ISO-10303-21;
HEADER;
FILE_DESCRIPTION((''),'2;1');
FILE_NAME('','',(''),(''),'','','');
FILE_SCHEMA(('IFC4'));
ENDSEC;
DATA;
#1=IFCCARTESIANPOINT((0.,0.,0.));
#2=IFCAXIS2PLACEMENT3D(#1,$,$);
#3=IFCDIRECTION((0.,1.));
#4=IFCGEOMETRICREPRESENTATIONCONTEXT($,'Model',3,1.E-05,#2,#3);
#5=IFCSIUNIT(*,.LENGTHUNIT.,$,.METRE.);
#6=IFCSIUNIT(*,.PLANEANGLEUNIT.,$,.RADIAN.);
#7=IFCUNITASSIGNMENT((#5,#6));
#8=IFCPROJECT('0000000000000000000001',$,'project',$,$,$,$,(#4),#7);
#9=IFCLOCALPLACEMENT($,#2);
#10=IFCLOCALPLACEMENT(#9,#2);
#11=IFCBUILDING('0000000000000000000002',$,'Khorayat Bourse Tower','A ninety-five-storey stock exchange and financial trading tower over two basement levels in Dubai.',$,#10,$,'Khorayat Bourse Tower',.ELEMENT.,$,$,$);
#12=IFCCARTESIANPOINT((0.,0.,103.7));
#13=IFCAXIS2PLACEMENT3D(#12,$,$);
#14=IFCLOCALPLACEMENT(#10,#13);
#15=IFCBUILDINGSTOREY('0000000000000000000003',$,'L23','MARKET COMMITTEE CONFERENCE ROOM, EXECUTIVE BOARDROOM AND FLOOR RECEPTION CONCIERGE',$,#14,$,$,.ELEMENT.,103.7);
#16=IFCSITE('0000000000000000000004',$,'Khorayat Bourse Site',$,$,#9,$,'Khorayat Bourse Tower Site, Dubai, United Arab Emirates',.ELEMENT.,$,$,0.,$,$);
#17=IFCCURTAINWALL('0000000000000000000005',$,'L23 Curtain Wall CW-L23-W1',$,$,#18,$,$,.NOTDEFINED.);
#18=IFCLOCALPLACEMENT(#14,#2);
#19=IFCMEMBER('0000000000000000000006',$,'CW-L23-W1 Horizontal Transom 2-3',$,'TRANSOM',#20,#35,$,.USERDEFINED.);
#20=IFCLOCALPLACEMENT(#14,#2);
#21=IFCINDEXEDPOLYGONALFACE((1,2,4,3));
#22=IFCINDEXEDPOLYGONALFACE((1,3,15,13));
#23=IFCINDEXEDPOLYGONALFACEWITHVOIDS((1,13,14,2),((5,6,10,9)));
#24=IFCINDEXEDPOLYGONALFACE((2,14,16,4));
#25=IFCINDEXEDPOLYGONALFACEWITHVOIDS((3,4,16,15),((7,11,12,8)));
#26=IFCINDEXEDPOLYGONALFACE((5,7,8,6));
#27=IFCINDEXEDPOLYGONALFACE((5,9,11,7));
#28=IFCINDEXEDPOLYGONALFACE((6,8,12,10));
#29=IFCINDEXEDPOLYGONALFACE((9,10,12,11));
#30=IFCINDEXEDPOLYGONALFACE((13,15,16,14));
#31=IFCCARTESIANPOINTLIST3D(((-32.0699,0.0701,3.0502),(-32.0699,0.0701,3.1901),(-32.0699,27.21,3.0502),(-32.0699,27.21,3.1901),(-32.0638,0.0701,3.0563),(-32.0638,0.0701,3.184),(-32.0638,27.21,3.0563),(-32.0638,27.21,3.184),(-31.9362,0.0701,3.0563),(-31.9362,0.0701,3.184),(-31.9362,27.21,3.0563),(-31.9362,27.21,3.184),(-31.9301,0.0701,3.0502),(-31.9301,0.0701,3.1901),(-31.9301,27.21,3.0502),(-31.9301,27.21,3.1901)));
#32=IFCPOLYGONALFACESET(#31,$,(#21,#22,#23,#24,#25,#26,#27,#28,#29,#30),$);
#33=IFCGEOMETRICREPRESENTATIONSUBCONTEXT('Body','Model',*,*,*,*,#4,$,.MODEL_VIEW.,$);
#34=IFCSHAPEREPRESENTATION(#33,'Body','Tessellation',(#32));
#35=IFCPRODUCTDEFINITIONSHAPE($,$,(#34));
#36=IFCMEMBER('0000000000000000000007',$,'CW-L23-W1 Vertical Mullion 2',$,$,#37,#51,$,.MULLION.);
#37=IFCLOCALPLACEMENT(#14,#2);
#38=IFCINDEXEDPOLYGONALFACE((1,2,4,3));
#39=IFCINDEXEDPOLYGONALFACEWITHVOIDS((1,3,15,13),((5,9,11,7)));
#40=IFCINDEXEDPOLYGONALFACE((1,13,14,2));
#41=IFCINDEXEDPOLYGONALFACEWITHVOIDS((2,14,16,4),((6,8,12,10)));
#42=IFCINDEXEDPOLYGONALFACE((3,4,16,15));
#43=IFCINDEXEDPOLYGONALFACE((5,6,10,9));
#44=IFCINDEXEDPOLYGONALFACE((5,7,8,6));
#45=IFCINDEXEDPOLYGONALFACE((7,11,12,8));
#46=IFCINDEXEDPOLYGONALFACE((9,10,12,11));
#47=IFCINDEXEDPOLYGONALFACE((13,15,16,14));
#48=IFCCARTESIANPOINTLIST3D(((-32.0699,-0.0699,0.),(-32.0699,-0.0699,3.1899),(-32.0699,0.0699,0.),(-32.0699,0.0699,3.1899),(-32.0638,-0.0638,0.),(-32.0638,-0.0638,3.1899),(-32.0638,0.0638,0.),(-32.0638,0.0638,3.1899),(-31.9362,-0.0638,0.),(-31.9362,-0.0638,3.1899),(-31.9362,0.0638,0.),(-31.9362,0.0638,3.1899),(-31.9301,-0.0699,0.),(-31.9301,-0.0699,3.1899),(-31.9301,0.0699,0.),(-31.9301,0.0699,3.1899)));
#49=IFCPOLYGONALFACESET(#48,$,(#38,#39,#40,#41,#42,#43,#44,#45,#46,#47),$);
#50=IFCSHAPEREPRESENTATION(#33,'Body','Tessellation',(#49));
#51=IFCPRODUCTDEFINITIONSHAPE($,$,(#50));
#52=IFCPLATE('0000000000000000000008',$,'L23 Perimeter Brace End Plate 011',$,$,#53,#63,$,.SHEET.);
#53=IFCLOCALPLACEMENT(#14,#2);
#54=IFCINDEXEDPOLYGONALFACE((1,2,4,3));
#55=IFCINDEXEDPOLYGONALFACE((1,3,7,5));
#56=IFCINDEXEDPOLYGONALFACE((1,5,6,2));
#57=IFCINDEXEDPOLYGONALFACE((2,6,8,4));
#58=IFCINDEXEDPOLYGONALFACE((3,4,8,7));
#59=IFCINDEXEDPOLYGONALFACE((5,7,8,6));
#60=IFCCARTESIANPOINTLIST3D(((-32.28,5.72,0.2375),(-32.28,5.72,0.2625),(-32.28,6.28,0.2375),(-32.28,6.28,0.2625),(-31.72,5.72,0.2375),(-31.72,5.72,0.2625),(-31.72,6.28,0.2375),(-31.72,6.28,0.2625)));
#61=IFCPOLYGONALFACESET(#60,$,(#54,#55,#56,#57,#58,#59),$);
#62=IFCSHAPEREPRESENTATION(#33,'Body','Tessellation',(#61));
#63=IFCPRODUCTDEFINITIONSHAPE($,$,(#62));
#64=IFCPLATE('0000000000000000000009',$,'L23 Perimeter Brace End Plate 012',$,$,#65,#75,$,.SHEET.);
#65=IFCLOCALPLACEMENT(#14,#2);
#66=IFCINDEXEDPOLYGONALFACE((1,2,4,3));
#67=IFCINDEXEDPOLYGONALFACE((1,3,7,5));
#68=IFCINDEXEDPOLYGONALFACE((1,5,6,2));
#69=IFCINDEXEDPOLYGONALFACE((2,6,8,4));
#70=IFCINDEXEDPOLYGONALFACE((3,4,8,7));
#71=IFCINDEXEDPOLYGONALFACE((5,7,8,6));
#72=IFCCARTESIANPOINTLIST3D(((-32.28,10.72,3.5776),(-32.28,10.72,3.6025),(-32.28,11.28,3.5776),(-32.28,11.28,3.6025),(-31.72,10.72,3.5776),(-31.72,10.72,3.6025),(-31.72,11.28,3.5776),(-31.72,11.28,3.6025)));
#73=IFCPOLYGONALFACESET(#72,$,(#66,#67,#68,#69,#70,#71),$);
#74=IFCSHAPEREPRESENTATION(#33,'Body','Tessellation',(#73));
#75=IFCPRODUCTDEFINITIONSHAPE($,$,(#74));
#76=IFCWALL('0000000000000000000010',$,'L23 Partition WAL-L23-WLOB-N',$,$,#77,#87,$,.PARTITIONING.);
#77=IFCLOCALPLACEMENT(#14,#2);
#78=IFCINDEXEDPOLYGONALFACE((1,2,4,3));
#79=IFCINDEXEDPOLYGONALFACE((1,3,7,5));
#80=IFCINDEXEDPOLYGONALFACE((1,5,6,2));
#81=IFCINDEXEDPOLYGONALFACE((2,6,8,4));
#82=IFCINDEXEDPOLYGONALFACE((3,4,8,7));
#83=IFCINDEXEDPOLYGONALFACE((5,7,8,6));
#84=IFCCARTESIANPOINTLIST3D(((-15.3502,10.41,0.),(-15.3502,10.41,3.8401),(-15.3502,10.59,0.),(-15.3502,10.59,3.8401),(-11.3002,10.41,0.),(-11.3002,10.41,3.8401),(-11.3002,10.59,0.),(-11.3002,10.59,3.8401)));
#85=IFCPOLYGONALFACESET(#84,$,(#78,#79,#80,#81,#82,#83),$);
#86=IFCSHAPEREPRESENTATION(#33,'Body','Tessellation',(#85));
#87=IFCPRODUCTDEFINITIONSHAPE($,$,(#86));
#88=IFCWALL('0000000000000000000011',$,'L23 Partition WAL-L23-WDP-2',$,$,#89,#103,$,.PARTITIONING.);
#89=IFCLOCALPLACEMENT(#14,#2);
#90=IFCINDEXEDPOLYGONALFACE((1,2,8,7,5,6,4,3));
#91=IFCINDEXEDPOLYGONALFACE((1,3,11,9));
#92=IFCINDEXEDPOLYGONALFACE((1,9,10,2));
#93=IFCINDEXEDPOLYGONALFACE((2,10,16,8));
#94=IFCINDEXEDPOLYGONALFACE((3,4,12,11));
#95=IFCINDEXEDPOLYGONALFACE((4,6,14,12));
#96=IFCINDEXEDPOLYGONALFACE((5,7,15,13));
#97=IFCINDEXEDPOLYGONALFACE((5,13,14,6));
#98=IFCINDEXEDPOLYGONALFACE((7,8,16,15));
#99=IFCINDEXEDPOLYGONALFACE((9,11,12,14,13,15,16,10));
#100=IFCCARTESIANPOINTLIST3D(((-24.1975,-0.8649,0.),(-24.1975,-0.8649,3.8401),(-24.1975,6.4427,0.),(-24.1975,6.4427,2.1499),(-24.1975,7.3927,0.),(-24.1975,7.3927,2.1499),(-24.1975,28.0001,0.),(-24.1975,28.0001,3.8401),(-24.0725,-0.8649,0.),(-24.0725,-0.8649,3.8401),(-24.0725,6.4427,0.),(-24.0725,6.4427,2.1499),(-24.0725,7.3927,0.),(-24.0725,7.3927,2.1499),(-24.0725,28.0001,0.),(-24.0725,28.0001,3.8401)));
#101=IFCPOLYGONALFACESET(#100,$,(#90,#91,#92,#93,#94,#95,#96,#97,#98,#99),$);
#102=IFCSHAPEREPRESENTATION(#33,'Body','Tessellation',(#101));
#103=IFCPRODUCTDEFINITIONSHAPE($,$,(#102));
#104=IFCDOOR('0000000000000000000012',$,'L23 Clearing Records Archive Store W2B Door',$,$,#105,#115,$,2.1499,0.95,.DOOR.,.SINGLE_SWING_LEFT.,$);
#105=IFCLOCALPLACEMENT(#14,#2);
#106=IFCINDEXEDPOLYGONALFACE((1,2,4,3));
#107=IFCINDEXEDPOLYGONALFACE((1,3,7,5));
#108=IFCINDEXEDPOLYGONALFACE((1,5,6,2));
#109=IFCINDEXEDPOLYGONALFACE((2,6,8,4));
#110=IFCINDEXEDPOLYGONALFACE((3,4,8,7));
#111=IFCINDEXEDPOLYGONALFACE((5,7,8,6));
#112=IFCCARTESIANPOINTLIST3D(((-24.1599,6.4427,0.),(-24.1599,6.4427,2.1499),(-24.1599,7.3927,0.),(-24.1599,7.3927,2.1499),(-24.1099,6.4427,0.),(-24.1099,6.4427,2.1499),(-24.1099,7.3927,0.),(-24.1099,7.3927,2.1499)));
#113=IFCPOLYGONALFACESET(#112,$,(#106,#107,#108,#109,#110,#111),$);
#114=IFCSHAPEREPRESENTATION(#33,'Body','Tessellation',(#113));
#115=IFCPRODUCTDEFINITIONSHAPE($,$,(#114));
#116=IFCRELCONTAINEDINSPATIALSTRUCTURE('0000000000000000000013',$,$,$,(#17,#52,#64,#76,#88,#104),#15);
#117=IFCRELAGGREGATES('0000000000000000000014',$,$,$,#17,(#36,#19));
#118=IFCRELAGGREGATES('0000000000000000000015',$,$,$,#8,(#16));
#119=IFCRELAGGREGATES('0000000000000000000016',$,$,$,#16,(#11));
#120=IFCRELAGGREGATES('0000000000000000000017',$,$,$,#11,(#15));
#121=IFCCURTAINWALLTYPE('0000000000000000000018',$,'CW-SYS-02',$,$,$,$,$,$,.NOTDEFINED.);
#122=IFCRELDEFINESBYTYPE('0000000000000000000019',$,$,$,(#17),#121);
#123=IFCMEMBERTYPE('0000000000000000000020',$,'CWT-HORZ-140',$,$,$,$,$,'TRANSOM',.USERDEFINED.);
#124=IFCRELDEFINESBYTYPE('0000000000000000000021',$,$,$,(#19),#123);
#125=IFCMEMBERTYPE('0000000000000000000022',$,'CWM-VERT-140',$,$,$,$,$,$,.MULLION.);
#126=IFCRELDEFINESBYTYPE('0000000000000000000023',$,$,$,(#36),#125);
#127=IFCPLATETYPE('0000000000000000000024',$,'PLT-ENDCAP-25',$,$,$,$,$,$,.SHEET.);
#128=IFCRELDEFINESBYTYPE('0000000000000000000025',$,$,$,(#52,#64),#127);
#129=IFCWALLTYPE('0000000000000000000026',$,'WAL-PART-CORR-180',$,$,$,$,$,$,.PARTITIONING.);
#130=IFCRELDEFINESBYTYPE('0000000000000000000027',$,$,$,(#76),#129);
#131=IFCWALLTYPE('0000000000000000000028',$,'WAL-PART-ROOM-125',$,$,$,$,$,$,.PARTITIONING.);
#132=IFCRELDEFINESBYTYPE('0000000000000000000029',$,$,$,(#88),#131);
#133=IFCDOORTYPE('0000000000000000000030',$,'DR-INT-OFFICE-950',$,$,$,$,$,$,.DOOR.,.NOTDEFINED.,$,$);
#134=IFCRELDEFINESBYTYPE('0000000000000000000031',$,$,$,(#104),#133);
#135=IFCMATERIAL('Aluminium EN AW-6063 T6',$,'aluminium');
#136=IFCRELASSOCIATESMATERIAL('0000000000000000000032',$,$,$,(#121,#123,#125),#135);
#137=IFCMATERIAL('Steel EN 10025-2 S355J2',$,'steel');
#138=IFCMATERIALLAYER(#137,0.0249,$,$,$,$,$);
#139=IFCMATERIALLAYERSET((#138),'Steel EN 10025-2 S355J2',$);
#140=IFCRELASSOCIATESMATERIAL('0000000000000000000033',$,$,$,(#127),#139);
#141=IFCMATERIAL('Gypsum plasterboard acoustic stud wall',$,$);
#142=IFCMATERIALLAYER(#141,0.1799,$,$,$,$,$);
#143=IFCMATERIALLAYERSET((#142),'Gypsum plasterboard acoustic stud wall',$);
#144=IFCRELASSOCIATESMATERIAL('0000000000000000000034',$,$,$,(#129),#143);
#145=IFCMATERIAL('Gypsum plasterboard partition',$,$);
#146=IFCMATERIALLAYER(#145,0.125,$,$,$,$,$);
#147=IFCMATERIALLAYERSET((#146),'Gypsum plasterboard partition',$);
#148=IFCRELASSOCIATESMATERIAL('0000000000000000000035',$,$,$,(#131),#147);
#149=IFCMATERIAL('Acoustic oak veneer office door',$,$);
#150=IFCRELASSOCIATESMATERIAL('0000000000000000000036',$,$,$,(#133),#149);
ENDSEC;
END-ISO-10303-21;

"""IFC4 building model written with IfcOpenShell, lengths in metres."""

from ifc_helpers import new_model, si_unit, direction, frame, frame_2d, origin, origin_2d, place, context, subcontext, project, spatial, rectangle, hollow_rectangle, extrude, source, transform, mapped, material, layer, layer_set, material_profile, profile_set, type_object, element, fill, aggregate, save


model = new_model("IFC4")

# Units and contexts
model_context = context("Model", 3, precision=1e-05, world=origin(), true_north=direction((0.0, 1.0)))
body_context = subcontext(model_context, "Body", "Model", "MODEL_VIEW")
ifc_project = project(units=[si_unit("LENGTHUNIT", "METRE"), si_unit("PLANEANGLEUNIT", "RADIAN")], contexts=[model_context])

# Site, building, storey
site_placement = place(None, origin())
site = spatial("IfcSite", under=ifc_project, at=site_placement, Name="Khorayat Bourse Site", LongName="Khorayat Bourse Tower Site, Dubai, United Arab Emirates", CompositionType="ELEMENT", RefElevation=0.0)
building_placement = place(site_placement, origin())
building = spatial("IfcBuilding", under=site, at=building_placement, Name="Khorayat Bourse Tower", Description="A ninety-five-storey stock exchange and financial trading tower over two basement levels in Dubai.", LongName="Khorayat Bourse Tower", CompositionType="ELEMENT")
storey_placement = place(building_placement, frame((0.0, 0.0, 103.7)))
storey = spatial("IfcBuildingStorey", under=building, at=storey_placement, Name="L23", Description="MARKET COMMITTEE CONFERENCE ROOM, EXECUTIVE BOARDROOM AND FLOOR RECEPTION CONCIERGE", CompositionType="ELEMENT", Elevation=103.7)

# Curtain wall, members
ifc_material_1 = material(Name="Aluminium EN AW-6063 T6", Category="aluminium")
curtain_wall_type = type_object("IfcCurtainWallType", Name="CW-SYS-02", PredefinedType="NOTDEFINED", material=ifc_material_1)
curtain_wall_placement = place(storey_placement, origin())
curtain_wall = element("IfcCurtainWall", 1, at=curtain_wall_placement, inside=storey, type_object=curtain_wall_type, Name="L23 Curtain Wall CW-L23-W1", PredefinedType="NOTDEFINED")
ifc_material_profile_1 = material_profile(ifc_material_1, hollow_rectangle(XDim=0.1399, YDim=0.1399, WallThickness=0.0061, at=origin_2d()), Name="ALU 140x140x6")
ifc_profile_set_1 = profile_set([ifc_material_profile_1], Name="Aluminium EN AW-6063 T6")
member_type_1 = type_object("IfcMemberType", Name="CWT-HORZ-140", ElementType="TRANSOM", PredefinedType="USERDEFINED", material=ifc_profile_set_1)
shared_shape_1 = source(origin(), body_context, "Body", "SweptSolid", [
    extrude(hollow_rectangle(XDim=0.1399, YDim=0.1399, WallThickness=0.0061, at=origin_2d()), origin(), (0.0, 0.0, 1.0), 27.1399),
])
member_1_placement = place(storey_placement, frame((-32.0, 0.0701, 3.1201), z_axis=(0.0, 1.0, 0.0), x_axis=(-1.0, 0.0, 0.0)))
member_1 = element("IfcMember", 2, at=member_1_placement, type_object=member_type_1, Name="CW-L23-W1 Horizontal Transom 2-3", ObjectType="TRANSOM", PredefinedType="USERDEFINED", context=body_context, shape_type="MappedRepresentation", body=[
    mapped(shared_shape_1, transform((0.0, 0.0, 0.0), scale=1.0)),
])
ifc_material_profile_2 = material_profile(ifc_material_1, hollow_rectangle(XDim=0.1399, YDim=0.1399, WallThickness=0.0061, at=origin_2d()), Name="ALU 140x140x6")
ifc_profile_set_2 = profile_set([ifc_material_profile_2], Name="Aluminium EN AW-6063 T6")
member_type_2 = type_object("IfcMemberType", Name="CWM-VERT-140", PredefinedType="MULLION", material=ifc_profile_set_2)
shared_shape_2 = source(origin(), body_context, "Body", "SweptSolid", [
    extrude(hollow_rectangle(XDim=0.1399, YDim=0.1399, WallThickness=0.0061, at=origin_2d()), origin(), (0.0, 0.0, 1.0), 3.1899),
])
member_2_placement = place(storey_placement, frame((-32.0, 0.0, 0.0), z_axis=(0.0, 0.0, 1.0), x_axis=(-1.0, 0.0, 0.0)))
member_2 = element("IfcMember", 3, at=member_2_placement, type_object=member_type_2, Name="CW-L23-W1 Vertical Mullion 2", PredefinedType="MULLION", context=body_context, shape_type="MappedRepresentation", body=[
    mapped(shared_shape_2, transform((0.0, 0.0, 0.0), scale=1.0)),
])
aggregate(curtain_wall, [member_2, member_1])

# Plates
ifc_material_2 = material(Name="Steel EN 10025-2 S355J2", Category="steel")
ifc_layer_1 = layer(ifc_material_2, 0.0249)
ifc_layer_set_1 = layer_set([ifc_layer_1], Name="Steel EN 10025-2 S355J2")
plate_type = type_object("IfcPlateType", Name="PLT-ENDCAP-25", PredefinedType="SHEET", material=ifc_layer_set_1)
shared_shape_3 = source(origin(), body_context, "Body", "SweptSolid", [
    extrude(rectangle(XDim=0.5601, YDim=0.5601, at=origin_2d()), origin(), (0.0, 0.0, 1.0), 0.0249),
])
for number, where, z_axis, x_axis, name in (
    (4, (-32.0, 6.0, 0.2375), (0.0, 0.0, 1.0), (1.0, 0.0, 0.0), "L23 Perimeter Brace End Plate 011"),
    (5, (-32.0, 11.0, 3.5776), (0.0, 0.0, 1.0), (1.0, 0.0, 0.0), "L23 Perimeter Brace End Plate 012"),
):
    element("IfcPlate", number, at=place(storey_placement, frame(where, z_axis=z_axis, x_axis=x_axis)), inside=storey, type_object=plate_type, Name=name, PredefinedType="SHEET", context=body_context, shape_type="MappedRepresentation", body=[
        mapped(shared_shape_3, transform((0.0, 0.0, 0.0), scale=1.0)),
    ])

# Wall
ifc_material_3 = material(Name="Gypsum plasterboard acoustic stud wall")
ifc_layer_2 = layer(ifc_material_3, 0.1799)
ifc_layer_set_2 = layer_set([ifc_layer_2], Name="Gypsum plasterboard acoustic stud wall")
wall_type_1 = type_object("IfcWallType", Name="WAL-PART-CORR-180", PredefinedType="PARTITIONING", material=ifc_layer_set_2)
shared_shape_4 = source(origin(), body_context, "Body", "SweptSolid", [
    extrude(rectangle(XDim=4.05, YDim=0.1799, at=frame_2d((2.0249, 0.0))), origin(), (0.0, 0.0, 1.0), 3.8401),
])
wall_1_placement = place(storey_placement, frame((-15.3501, 10.5, 0.0), z_axis=(0.0, 0.0, 1.0), x_axis=(1.0, 0.0, 0.0)))
element("IfcWall", 6, at=wall_1_placement, inside=storey, type_object=wall_type_1, Name="L23 Partition WAL-L23-WLOB-N", PredefinedType="PARTITIONING", context=body_context, shape_type="MappedRepresentation", body=[
    mapped(shared_shape_4, transform((0.0, 0.0, 0.0), scale=1.0)),
])

# Wall, opening, door
ifc_material_4 = material(Name="Gypsum plasterboard partition")
ifc_layer_3 = layer(ifc_material_4, 0.125)
ifc_layer_set_3 = layer_set([ifc_layer_3], Name="Gypsum plasterboard partition")
wall_type_2 = type_object("IfcWallType", Name="WAL-PART-ROOM-125", PredefinedType="PARTITIONING", material=ifc_layer_set_3)
shared_shape_5 = source(origin(), body_context, "Body", "SweptSolid", [
    extrude(rectangle(XDim=28.865, YDim=0.125, at=frame_2d((14.4326, 0.0))), origin(), (0.0, 0.0, 1.0), 3.8401),
])
wall_2_placement = place(storey_placement, frame((-24.135, -0.865, 0.0), z_axis=(0.0, 0.0, 1.0), x_axis=(0.0, 1.0, 0.0)))
wall_2 = element("IfcWall", 7, at=wall_2_placement, inside=storey, type_object=wall_type_2, Name="L23 Partition WAL-L23-WDP-2", PredefinedType="PARTITIONING", context=body_context, shape_type="MappedRepresentation", body=[
    mapped(shared_shape_5, transform((0.0, 0.0, 0.0), scale=1.0)),
])
shared_shape_6 = source(origin(), body_context, "Body", "SweptSolid", [
    extrude(rectangle(XDim=0.95, YDim=2.1499, at=frame_2d((0.4751, 1.075))), frame((0.0, 0.0725, 0.0), z_axis=(0.0, -1.0, 0.0), x_axis=(1.0, 0.0, 0.0)), (0.0, 0.0, 1.0), 0.145),
])
opening_placement = place(wall_2_placement, frame((7.3076, 0.0, 0.0)))
opening = element("IfcOpeningElement", 8, at=opening_placement, cuts=wall_2, PredefinedType="OPENING", context=body_context, shape_type="MappedRepresentation", body=[
    mapped(shared_shape_6, transform((0.0, 0.0, 0.0), scale=1.0)),
])
ifc_material_5 = material(Name="Acoustic oak veneer office door")
door_type = type_object("IfcDoorType", Name="DR-INT-OFFICE-950", OperationType="NOTDEFINED", PredefinedType="DOOR", material=ifc_material_5)
shared_shape_7 = source(origin(), body_context, "Body", "SweptSolid", [
    extrude(rectangle(XDim=0.95, YDim=2.1499, at=frame_2d((0.4751, 1.075))), frame((0.0, 0.0249, 0.0), z_axis=(0.0, -1.0, 0.0), x_axis=(1.0, 0.0, 0.0)), (0.0, 0.0, 1.0), 0.05),
])
door_placement = place(opening_placement, origin())
door = element("IfcDoor", 9, at=door_placement, inside=storey, type_object=door_type, Name="L23 Clearing Records Archive Store W2B Door", OperationType="SINGLE_SWING_LEFT", OverallHeight=2.1499, OverallWidth=0.95, PredefinedType="DOOR", context=body_context, shape_type="MappedRepresentation", body=[
    mapped(shared_shape_7, transform((0.0, 0.0, 0.0), scale=1.0)),
])
fill(opening, door)

save(model, "model.ifc")
